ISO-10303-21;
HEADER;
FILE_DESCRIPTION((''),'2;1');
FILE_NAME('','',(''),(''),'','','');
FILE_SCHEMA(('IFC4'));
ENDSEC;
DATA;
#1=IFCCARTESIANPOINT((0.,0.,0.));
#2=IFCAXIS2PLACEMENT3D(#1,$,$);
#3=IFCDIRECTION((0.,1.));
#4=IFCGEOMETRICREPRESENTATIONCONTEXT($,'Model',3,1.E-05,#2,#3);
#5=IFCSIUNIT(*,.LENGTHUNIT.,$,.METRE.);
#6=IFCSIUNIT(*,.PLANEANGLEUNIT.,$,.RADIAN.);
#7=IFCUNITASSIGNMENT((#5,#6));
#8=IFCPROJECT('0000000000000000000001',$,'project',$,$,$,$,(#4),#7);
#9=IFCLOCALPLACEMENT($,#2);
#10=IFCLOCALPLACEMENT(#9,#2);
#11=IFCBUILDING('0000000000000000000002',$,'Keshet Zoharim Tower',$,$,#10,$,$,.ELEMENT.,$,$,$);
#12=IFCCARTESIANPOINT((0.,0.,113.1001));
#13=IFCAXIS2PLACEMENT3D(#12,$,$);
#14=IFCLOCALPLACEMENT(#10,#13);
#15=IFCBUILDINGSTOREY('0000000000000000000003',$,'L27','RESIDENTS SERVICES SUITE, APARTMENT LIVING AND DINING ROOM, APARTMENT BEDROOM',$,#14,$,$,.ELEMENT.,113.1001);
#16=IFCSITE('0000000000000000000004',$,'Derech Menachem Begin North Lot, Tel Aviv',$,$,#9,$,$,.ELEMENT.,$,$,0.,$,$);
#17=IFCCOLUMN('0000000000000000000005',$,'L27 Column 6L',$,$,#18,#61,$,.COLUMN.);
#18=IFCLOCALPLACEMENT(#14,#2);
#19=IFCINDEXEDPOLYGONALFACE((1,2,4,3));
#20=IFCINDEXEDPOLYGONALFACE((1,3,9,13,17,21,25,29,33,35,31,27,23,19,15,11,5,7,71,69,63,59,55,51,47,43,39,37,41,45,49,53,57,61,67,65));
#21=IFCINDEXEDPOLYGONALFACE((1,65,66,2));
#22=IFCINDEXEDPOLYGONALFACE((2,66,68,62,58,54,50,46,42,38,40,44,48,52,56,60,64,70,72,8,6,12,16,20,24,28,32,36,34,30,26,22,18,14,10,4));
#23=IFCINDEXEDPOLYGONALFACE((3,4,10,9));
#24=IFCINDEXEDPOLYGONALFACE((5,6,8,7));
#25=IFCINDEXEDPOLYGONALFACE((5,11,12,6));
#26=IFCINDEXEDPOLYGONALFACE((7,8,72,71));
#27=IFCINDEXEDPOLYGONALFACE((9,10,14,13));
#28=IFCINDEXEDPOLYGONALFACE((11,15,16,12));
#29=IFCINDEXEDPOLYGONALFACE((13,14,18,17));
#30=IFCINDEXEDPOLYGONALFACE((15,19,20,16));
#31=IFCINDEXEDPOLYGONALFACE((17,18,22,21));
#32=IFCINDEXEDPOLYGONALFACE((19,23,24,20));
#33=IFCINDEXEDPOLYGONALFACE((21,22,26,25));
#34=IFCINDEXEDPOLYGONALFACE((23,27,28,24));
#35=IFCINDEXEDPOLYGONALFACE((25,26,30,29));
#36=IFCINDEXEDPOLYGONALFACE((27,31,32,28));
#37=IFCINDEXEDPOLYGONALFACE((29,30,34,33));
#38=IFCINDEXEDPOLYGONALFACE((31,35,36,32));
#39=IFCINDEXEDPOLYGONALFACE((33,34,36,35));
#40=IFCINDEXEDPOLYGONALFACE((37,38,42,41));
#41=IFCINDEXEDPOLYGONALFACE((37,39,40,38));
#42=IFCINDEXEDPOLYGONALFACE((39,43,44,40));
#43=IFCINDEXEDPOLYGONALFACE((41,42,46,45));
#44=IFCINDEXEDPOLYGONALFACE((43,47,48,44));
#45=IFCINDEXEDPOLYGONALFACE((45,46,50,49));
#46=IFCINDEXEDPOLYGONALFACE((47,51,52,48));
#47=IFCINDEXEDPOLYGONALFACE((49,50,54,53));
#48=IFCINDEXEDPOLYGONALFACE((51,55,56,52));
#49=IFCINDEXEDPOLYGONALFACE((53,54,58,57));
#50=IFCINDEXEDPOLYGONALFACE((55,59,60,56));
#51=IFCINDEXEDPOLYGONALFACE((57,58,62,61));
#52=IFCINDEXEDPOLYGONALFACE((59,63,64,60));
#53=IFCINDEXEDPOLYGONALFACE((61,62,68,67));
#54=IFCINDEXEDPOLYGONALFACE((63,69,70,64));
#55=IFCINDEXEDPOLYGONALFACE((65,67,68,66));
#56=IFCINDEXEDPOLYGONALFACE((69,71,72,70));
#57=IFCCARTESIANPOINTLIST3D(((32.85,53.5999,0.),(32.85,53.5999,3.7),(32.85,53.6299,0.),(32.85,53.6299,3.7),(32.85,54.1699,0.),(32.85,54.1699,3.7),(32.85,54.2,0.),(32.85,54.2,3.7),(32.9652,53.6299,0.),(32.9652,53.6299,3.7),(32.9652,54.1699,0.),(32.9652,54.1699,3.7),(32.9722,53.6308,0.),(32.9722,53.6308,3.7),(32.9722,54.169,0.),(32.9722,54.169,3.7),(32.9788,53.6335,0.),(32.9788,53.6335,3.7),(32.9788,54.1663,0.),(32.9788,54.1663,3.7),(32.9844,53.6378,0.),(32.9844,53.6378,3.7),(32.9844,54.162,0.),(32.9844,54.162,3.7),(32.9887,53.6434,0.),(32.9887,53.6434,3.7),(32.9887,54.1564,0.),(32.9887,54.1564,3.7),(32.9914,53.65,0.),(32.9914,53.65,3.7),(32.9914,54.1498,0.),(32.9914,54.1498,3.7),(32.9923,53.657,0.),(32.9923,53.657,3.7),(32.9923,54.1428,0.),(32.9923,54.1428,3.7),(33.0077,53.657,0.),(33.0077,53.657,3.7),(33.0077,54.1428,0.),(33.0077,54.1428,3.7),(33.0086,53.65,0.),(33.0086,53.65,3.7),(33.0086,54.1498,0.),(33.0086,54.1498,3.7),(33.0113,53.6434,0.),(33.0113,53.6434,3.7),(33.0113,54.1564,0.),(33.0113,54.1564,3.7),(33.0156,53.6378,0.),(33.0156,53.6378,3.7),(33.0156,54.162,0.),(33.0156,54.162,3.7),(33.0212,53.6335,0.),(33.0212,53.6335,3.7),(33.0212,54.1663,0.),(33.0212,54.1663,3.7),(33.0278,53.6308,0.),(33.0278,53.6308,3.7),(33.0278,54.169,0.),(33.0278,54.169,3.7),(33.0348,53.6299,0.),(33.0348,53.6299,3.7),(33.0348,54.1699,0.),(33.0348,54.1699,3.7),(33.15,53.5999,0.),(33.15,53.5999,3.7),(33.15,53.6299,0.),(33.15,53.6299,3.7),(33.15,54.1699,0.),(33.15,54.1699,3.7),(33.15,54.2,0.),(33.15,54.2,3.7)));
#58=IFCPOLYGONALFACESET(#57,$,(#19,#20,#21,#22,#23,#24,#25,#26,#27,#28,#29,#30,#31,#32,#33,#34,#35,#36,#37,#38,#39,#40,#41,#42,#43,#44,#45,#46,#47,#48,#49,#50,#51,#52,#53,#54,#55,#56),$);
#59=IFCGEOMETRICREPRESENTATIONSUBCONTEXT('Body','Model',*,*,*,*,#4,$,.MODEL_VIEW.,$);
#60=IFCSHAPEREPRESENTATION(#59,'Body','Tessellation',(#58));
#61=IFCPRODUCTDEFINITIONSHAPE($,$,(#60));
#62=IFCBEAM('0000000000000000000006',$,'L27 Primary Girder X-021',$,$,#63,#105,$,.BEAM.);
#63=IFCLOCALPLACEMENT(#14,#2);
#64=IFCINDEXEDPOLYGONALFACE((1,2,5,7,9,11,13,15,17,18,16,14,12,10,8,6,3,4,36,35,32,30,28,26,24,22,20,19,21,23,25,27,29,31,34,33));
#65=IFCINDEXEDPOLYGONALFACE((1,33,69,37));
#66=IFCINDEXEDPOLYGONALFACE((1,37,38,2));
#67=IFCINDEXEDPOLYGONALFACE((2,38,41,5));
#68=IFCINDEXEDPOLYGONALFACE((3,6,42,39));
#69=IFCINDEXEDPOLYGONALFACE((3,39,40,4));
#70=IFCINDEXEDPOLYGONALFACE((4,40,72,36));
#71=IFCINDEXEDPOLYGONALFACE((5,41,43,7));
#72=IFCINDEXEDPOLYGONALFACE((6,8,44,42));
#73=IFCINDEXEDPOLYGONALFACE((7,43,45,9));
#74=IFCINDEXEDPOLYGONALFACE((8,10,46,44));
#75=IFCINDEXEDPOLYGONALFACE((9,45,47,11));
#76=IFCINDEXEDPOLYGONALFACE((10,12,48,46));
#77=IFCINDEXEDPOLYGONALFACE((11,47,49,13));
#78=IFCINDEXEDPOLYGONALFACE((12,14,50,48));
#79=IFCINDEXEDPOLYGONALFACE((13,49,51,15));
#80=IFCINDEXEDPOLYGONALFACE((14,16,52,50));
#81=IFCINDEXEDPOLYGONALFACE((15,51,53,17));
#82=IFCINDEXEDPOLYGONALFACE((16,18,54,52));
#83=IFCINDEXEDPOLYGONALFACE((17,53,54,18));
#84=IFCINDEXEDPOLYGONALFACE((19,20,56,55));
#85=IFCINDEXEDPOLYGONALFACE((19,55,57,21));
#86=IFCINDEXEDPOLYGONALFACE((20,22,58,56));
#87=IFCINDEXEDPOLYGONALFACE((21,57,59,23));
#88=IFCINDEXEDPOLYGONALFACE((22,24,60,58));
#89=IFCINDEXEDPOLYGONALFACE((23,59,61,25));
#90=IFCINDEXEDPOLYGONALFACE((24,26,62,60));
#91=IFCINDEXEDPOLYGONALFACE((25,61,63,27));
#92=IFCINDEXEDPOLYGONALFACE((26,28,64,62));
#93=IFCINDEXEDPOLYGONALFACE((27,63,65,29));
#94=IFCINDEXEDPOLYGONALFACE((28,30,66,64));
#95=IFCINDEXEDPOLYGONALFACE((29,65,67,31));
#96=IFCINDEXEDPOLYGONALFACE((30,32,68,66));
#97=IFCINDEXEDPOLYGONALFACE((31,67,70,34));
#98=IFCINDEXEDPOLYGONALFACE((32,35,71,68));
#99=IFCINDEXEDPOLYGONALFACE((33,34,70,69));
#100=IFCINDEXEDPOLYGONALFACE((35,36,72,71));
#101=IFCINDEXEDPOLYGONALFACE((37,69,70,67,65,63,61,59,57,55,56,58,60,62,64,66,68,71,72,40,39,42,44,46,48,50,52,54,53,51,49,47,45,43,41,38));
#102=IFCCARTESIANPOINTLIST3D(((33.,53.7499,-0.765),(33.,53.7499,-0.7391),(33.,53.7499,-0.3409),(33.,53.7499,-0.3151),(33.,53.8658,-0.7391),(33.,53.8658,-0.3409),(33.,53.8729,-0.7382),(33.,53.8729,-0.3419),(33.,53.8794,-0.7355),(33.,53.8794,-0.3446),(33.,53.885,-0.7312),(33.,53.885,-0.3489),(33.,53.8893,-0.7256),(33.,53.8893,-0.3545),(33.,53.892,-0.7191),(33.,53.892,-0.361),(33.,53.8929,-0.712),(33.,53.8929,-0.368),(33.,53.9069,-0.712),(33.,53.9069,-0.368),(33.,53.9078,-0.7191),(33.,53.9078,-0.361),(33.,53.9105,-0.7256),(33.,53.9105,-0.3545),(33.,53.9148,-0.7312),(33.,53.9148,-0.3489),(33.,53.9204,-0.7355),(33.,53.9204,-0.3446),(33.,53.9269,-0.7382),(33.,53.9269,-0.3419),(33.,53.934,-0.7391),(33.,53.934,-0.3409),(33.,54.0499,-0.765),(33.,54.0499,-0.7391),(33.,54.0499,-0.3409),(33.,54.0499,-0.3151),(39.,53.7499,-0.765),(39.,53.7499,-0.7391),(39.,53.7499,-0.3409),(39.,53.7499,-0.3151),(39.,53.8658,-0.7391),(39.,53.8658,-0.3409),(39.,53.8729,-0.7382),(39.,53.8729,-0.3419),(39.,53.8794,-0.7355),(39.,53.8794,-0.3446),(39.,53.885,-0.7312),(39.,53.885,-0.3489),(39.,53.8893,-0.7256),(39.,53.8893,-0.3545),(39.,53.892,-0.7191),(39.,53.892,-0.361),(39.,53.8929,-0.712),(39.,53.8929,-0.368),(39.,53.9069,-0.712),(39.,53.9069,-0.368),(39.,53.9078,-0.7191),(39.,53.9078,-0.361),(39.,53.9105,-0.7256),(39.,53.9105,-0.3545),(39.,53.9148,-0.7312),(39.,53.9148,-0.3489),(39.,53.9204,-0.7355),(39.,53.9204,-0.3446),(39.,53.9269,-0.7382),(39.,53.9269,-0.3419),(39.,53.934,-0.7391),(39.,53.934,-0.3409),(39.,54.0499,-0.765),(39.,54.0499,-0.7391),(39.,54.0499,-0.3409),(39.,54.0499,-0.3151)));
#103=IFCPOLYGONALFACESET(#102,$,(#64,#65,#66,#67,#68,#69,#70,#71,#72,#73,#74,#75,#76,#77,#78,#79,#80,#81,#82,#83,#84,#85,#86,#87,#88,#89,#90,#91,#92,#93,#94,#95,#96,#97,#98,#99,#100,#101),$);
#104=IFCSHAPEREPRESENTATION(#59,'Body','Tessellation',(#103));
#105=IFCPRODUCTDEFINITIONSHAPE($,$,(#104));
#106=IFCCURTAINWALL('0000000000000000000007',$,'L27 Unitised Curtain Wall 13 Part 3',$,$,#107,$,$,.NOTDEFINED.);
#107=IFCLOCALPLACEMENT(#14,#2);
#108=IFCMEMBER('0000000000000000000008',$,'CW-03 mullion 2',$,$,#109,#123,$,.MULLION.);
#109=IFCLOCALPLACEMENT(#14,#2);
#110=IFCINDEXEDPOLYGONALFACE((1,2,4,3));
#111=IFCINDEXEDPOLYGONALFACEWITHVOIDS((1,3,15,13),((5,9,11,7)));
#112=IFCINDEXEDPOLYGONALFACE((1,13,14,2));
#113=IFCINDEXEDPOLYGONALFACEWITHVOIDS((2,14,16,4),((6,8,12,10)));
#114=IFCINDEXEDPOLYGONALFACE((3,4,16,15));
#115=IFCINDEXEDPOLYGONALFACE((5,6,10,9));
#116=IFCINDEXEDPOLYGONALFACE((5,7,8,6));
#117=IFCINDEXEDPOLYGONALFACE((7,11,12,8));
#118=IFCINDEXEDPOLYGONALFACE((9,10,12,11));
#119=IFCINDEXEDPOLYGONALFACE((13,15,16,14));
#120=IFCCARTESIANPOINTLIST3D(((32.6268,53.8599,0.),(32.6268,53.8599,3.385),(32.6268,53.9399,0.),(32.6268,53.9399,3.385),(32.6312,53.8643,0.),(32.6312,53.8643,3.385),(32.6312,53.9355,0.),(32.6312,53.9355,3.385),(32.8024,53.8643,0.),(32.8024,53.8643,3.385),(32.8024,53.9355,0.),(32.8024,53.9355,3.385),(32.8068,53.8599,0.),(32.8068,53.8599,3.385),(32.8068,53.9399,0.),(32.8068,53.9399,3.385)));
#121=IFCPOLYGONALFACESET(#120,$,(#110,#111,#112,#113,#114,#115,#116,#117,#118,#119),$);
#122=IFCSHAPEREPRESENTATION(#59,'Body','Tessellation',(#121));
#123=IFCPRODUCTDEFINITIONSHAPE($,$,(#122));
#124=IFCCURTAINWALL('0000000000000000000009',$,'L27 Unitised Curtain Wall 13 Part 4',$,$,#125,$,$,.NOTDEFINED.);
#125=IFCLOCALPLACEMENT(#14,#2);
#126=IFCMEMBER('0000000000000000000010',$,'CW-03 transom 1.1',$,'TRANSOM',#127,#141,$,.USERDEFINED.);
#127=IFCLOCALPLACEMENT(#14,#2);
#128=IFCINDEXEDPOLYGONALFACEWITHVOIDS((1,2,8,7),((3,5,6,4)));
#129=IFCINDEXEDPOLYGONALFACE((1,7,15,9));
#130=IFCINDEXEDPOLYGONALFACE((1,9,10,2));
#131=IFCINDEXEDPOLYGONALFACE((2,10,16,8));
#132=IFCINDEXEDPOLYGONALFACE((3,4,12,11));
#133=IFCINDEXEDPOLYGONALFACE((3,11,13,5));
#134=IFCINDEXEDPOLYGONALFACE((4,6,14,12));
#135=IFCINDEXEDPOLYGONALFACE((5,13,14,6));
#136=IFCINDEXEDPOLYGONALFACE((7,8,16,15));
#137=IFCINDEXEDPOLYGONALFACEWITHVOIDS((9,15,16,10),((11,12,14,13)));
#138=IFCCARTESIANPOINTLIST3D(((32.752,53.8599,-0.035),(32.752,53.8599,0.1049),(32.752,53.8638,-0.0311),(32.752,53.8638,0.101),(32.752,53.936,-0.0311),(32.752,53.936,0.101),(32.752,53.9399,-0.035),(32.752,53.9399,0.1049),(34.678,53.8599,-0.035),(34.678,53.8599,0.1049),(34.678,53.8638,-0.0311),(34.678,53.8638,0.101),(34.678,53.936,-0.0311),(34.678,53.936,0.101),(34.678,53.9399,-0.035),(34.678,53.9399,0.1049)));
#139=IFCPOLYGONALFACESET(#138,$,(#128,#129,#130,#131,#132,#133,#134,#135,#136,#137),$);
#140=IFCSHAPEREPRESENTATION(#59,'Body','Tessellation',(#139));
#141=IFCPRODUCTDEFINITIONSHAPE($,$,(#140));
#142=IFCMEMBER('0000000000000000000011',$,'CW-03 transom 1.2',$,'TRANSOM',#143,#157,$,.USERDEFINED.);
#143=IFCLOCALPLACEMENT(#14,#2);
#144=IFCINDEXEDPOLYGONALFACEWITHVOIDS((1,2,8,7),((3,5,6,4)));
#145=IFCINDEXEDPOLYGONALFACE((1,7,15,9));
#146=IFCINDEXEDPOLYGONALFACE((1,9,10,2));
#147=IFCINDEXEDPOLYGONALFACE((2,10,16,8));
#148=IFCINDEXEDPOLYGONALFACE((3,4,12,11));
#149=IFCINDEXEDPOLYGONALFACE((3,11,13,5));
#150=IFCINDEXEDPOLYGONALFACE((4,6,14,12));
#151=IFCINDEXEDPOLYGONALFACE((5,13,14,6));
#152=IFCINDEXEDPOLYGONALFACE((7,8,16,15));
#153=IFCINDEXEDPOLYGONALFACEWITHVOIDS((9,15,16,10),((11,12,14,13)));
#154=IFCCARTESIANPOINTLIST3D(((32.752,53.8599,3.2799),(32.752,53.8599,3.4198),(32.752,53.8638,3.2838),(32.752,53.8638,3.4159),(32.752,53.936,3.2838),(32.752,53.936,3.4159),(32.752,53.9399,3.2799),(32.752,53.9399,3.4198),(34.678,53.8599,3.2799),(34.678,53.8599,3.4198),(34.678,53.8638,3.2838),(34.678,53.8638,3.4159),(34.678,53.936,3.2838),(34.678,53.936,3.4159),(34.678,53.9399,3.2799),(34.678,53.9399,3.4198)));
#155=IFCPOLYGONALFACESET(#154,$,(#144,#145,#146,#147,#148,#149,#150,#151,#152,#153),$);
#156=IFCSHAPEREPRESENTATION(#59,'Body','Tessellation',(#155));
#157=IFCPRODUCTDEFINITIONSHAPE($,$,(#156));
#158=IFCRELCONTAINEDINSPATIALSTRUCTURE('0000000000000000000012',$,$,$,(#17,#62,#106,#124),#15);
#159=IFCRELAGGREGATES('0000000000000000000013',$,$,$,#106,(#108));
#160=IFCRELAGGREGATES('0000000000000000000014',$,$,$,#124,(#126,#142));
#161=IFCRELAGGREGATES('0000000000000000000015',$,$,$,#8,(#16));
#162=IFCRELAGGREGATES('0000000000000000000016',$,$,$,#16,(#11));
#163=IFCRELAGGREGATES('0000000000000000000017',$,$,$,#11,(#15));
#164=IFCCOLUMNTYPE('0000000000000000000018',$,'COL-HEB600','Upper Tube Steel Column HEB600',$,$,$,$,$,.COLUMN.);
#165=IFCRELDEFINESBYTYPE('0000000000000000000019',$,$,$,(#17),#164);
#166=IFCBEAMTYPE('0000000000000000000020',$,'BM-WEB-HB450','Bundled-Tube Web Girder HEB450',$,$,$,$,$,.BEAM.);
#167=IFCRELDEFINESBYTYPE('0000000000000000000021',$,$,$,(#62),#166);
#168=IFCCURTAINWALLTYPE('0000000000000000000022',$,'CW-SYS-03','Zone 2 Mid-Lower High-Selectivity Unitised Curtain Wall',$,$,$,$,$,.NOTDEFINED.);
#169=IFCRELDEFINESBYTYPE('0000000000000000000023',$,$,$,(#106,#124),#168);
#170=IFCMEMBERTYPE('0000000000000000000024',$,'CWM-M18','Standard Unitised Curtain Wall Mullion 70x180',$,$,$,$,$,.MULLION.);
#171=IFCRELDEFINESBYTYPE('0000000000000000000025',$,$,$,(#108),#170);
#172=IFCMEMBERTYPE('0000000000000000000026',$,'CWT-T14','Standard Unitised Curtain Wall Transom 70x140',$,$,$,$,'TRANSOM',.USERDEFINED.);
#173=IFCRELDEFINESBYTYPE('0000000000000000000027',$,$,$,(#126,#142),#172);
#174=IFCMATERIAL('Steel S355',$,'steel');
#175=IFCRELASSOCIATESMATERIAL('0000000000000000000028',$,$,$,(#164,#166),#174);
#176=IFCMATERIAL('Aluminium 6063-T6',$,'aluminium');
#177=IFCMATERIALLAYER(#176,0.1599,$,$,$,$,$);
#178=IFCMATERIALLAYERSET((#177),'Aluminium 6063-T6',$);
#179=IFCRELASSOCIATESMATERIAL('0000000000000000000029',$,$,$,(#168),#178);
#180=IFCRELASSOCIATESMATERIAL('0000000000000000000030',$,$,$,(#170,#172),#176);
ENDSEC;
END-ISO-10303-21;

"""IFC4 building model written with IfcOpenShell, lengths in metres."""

from ifc_helpers import new_model, si_unit, direction, frame, origin, origin_2d, place, context, subcontext, project, spatial, hollow_rectangle, i_section, extrude, material, layer, layer_set, material_profile, profile_set, type_object, element, aggregate, save


model = new_model("IFC4")

# Units and contexts
model_context = context("Model", 3, precision=1e-05, world=origin(), true_north=direction((0.0, 1.0)))
body_context = subcontext(model_context, "Body", "Model", "MODEL_VIEW")
ifc_project = project(units=[si_unit("LENGTHUNIT", "METRE"), si_unit("PLANEANGLEUNIT", "RADIAN")], contexts=[model_context])

# Site, building, storey
site_placement = place(None, origin())
site = spatial("IfcSite", under=ifc_project, at=site_placement, Name="Derech Menachem Begin North Lot, Tel Aviv", CompositionType="ELEMENT", RefElevation=0.0)
building_placement = place(site_placement, origin())
building = spatial("IfcBuilding", under=site, at=building_placement, Name="Keshet Zoharim Tower", CompositionType="ELEMENT")
storey_placement = place(building_placement, frame((0.0, 0.0, 113.1001)))
storey = spatial("IfcBuildingStorey", under=building, at=storey_placement, Name="L27", Description="RESIDENTS SERVICES SUITE, APARTMENT LIVING AND DINING ROOM, APARTMENT BEDROOM", CompositionType="ELEMENT", Elevation=113.1001)

# Column
ifc_material_1 = material(Name="Steel S355", Category="steel")
ifc_material_profile_1 = material_profile(ifc_material_1, i_section(OverallWidth=0.3, OverallDepth=0.6001, WebThickness=0.0154, FlangeThickness=0.03, FilletRadius=0.0271, at=origin_2d()), Name="HEB600")
ifc_profile_set_1 = profile_set([ifc_material_profile_1], Name="Steel S355")
column_type = type_object("IfcColumnType", Name="COL-HEB600", Description="Upper Tube Steel Column HEB600", PredefinedType="COLUMN", material=ifc_profile_set_1)
column_placement = place(storey_placement, frame((33.0, 53.8999, 0.0), z_axis=(0.0, 0.0, 1.0), x_axis=(1.0, 0.0, 0.0)))
element("IfcColumn", 1, at=column_placement, inside=storey, type_object=column_type, Name="L27 Column 6L", PredefinedType="COLUMN", context=body_context, shape_type="SweptSolid", body=[
    extrude(i_section(OverallWidth=0.3, OverallDepth=0.6001, WebThickness=0.0154, FlangeThickness=0.03, FilletRadius=0.0271, at=origin_2d()), origin(), (0.0, 0.0, 1.0), 3.7),
])

# Beam
ifc_material_profile_2 = material_profile(ifc_material_1, i_section(OverallWidth=0.3, OverallDepth=0.45, WebThickness=0.0139, FlangeThickness=0.0259, FilletRadius=0.0271, at=origin_2d()), Name="HEB450")
ifc_profile_set_2 = profile_set([ifc_material_profile_2], Name="Steel S355")
beam_type = type_object("IfcBeamType", Name="BM-WEB-HB450", Description="Bundled-Tube Web Girder HEB450", PredefinedType="BEAM", material=ifc_profile_set_2)
beam_placement = place(storey_placement, frame((33.0, 53.8999, -0.54), z_axis=(1.0, 0.0, 0.0), x_axis=(0.0, 1.0, 0.0)))
element("IfcBeam", 2, at=beam_placement, inside=storey, type_object=beam_type, Name="L27 Primary Girder X-021", PredefinedType="BEAM", context=body_context, shape_type="SweptSolid", body=[
    extrude(i_section(OverallWidth=0.3, OverallDepth=0.45, WebThickness=0.0139, FlangeThickness=0.0259, FilletRadius=0.0271, at=origin_2d()), origin(), (0.0, 0.0, 1.0), 6.0),
])

# Curtain wall, member
ifc_material_2 = material(Name="Aluminium 6063-T6", Category="aluminium")
ifc_layer_1 = layer(ifc_material_2, 0.1599)
ifc_layer_set_1 = layer_set([ifc_layer_1], Name="Aluminium 6063-T6")
curtain_wall_type = type_object("IfcCurtainWallType", Name="CW-SYS-03", Description="Zone 2 Mid-Lower High-Selectivity Unitised Curtain Wall", PredefinedType="NOTDEFINED", material=ifc_layer_set_1)
curtain_wall_1_placement = place(storey_placement, origin())
curtain_wall_1 = element("IfcCurtainWall", 3, at=curtain_wall_1_placement, inside=storey, type_object=curtain_wall_type, Name="L27 Unitised Curtain Wall 13 Part 3", PredefinedType="NOTDEFINED")
ifc_material_profile_3 = material_profile(ifc_material_2, hollow_rectangle(XDim=0.0801, YDim=0.1799, WallThickness=0.0044, at=origin_2d()), Name="MUL-80x180")
ifc_profile_set_3 = profile_set([ifc_material_profile_3], Name="Aluminium 6063-T6")
member_type_1 = type_object("IfcMemberType", Name="CWM-M18", Description="Standard Unitised Curtain Wall Mullion 70x180", PredefinedType="MULLION", material=ifc_profile_set_3)
member_1_placement = place(storey_placement, frame((32.7168, 53.8999, 0.0), z_axis=(0.0, 0.0, 1.0), x_axis=(0.0, 1.0, 0.0)))
member_1 = element("IfcMember", 4, at=member_1_placement, type_object=member_type_1, Name="CW-03 mullion 2", PredefinedType="MULLION", context=body_context, shape_type="SweptSolid", body=[
    extrude(hollow_rectangle(XDim=0.0801, YDim=0.1799, WallThickness=0.0044, at=origin_2d()), origin(), (0.0, 0.0, 1.0), 3.385),
])

# Curtain wall, members
curtain_wall_2_placement = place(storey_placement, origin())
curtain_wall_2 = element("IfcCurtainWall", 5, at=curtain_wall_2_placement, inside=storey, type_object=curtain_wall_type, Name="L27 Unitised Curtain Wall 13 Part 4", PredefinedType="NOTDEFINED")
ifc_material_profile_4 = material_profile(ifc_material_2, hollow_rectangle(XDim=0.0801, YDim=0.1399, WallThickness=0.0039, at=origin_2d()), Name="TRN-80x140")
ifc_profile_set_4 = profile_set([ifc_material_profile_4], Name="Aluminium 6063-T6")
member_type_2 = type_object("IfcMemberType", Name="CWT-T14", Description="Standard Unitised Curtain Wall Transom 70x140", ElementType="TRANSOM", PredefinedType="USERDEFINED", material=ifc_profile_set_4)
member_2_placement = place(storey_placement, frame((32.752, 53.8999, 0.0349), z_axis=(1.0, 0.0, 0.0), x_axis=(0.0, 1.0, 0.0)))
member_2 = element("IfcMember", 6, at=member_2_placement, type_object=member_type_2, Name="CW-03 transom 1.1", ObjectType="TRANSOM", PredefinedType="USERDEFINED", context=body_context, shape_type="SweptSolid", body=[
    extrude(hollow_rectangle(XDim=0.0801, YDim=0.1399, WallThickness=0.0039, at=origin_2d()), origin(), (0.0, 0.0, 1.0), 1.926),
])
member_3_placement = place(storey_placement, frame((32.752, 53.8999, 3.3499), z_axis=(1.0, 0.0, 0.0), x_axis=(0.0, 1.0, 0.0)))
member_3 = element("IfcMember", 7, at=member_3_placement, type_object=member_type_2, Name="CW-03 transom 1.2", ObjectType="TRANSOM", PredefinedType="USERDEFINED", context=body_context, shape_type="SweptSolid", body=[
    extrude(hollow_rectangle(XDim=0.0801, YDim=0.1399, WallThickness=0.0039, at=origin_2d()), origin(), (0.0, 0.0, 1.0), 1.926),
])

aggregate(curtain_wall_1, [member_1])
aggregate(curtain_wall_2, [member_2, member_3])

save(model, "model.ifc")
